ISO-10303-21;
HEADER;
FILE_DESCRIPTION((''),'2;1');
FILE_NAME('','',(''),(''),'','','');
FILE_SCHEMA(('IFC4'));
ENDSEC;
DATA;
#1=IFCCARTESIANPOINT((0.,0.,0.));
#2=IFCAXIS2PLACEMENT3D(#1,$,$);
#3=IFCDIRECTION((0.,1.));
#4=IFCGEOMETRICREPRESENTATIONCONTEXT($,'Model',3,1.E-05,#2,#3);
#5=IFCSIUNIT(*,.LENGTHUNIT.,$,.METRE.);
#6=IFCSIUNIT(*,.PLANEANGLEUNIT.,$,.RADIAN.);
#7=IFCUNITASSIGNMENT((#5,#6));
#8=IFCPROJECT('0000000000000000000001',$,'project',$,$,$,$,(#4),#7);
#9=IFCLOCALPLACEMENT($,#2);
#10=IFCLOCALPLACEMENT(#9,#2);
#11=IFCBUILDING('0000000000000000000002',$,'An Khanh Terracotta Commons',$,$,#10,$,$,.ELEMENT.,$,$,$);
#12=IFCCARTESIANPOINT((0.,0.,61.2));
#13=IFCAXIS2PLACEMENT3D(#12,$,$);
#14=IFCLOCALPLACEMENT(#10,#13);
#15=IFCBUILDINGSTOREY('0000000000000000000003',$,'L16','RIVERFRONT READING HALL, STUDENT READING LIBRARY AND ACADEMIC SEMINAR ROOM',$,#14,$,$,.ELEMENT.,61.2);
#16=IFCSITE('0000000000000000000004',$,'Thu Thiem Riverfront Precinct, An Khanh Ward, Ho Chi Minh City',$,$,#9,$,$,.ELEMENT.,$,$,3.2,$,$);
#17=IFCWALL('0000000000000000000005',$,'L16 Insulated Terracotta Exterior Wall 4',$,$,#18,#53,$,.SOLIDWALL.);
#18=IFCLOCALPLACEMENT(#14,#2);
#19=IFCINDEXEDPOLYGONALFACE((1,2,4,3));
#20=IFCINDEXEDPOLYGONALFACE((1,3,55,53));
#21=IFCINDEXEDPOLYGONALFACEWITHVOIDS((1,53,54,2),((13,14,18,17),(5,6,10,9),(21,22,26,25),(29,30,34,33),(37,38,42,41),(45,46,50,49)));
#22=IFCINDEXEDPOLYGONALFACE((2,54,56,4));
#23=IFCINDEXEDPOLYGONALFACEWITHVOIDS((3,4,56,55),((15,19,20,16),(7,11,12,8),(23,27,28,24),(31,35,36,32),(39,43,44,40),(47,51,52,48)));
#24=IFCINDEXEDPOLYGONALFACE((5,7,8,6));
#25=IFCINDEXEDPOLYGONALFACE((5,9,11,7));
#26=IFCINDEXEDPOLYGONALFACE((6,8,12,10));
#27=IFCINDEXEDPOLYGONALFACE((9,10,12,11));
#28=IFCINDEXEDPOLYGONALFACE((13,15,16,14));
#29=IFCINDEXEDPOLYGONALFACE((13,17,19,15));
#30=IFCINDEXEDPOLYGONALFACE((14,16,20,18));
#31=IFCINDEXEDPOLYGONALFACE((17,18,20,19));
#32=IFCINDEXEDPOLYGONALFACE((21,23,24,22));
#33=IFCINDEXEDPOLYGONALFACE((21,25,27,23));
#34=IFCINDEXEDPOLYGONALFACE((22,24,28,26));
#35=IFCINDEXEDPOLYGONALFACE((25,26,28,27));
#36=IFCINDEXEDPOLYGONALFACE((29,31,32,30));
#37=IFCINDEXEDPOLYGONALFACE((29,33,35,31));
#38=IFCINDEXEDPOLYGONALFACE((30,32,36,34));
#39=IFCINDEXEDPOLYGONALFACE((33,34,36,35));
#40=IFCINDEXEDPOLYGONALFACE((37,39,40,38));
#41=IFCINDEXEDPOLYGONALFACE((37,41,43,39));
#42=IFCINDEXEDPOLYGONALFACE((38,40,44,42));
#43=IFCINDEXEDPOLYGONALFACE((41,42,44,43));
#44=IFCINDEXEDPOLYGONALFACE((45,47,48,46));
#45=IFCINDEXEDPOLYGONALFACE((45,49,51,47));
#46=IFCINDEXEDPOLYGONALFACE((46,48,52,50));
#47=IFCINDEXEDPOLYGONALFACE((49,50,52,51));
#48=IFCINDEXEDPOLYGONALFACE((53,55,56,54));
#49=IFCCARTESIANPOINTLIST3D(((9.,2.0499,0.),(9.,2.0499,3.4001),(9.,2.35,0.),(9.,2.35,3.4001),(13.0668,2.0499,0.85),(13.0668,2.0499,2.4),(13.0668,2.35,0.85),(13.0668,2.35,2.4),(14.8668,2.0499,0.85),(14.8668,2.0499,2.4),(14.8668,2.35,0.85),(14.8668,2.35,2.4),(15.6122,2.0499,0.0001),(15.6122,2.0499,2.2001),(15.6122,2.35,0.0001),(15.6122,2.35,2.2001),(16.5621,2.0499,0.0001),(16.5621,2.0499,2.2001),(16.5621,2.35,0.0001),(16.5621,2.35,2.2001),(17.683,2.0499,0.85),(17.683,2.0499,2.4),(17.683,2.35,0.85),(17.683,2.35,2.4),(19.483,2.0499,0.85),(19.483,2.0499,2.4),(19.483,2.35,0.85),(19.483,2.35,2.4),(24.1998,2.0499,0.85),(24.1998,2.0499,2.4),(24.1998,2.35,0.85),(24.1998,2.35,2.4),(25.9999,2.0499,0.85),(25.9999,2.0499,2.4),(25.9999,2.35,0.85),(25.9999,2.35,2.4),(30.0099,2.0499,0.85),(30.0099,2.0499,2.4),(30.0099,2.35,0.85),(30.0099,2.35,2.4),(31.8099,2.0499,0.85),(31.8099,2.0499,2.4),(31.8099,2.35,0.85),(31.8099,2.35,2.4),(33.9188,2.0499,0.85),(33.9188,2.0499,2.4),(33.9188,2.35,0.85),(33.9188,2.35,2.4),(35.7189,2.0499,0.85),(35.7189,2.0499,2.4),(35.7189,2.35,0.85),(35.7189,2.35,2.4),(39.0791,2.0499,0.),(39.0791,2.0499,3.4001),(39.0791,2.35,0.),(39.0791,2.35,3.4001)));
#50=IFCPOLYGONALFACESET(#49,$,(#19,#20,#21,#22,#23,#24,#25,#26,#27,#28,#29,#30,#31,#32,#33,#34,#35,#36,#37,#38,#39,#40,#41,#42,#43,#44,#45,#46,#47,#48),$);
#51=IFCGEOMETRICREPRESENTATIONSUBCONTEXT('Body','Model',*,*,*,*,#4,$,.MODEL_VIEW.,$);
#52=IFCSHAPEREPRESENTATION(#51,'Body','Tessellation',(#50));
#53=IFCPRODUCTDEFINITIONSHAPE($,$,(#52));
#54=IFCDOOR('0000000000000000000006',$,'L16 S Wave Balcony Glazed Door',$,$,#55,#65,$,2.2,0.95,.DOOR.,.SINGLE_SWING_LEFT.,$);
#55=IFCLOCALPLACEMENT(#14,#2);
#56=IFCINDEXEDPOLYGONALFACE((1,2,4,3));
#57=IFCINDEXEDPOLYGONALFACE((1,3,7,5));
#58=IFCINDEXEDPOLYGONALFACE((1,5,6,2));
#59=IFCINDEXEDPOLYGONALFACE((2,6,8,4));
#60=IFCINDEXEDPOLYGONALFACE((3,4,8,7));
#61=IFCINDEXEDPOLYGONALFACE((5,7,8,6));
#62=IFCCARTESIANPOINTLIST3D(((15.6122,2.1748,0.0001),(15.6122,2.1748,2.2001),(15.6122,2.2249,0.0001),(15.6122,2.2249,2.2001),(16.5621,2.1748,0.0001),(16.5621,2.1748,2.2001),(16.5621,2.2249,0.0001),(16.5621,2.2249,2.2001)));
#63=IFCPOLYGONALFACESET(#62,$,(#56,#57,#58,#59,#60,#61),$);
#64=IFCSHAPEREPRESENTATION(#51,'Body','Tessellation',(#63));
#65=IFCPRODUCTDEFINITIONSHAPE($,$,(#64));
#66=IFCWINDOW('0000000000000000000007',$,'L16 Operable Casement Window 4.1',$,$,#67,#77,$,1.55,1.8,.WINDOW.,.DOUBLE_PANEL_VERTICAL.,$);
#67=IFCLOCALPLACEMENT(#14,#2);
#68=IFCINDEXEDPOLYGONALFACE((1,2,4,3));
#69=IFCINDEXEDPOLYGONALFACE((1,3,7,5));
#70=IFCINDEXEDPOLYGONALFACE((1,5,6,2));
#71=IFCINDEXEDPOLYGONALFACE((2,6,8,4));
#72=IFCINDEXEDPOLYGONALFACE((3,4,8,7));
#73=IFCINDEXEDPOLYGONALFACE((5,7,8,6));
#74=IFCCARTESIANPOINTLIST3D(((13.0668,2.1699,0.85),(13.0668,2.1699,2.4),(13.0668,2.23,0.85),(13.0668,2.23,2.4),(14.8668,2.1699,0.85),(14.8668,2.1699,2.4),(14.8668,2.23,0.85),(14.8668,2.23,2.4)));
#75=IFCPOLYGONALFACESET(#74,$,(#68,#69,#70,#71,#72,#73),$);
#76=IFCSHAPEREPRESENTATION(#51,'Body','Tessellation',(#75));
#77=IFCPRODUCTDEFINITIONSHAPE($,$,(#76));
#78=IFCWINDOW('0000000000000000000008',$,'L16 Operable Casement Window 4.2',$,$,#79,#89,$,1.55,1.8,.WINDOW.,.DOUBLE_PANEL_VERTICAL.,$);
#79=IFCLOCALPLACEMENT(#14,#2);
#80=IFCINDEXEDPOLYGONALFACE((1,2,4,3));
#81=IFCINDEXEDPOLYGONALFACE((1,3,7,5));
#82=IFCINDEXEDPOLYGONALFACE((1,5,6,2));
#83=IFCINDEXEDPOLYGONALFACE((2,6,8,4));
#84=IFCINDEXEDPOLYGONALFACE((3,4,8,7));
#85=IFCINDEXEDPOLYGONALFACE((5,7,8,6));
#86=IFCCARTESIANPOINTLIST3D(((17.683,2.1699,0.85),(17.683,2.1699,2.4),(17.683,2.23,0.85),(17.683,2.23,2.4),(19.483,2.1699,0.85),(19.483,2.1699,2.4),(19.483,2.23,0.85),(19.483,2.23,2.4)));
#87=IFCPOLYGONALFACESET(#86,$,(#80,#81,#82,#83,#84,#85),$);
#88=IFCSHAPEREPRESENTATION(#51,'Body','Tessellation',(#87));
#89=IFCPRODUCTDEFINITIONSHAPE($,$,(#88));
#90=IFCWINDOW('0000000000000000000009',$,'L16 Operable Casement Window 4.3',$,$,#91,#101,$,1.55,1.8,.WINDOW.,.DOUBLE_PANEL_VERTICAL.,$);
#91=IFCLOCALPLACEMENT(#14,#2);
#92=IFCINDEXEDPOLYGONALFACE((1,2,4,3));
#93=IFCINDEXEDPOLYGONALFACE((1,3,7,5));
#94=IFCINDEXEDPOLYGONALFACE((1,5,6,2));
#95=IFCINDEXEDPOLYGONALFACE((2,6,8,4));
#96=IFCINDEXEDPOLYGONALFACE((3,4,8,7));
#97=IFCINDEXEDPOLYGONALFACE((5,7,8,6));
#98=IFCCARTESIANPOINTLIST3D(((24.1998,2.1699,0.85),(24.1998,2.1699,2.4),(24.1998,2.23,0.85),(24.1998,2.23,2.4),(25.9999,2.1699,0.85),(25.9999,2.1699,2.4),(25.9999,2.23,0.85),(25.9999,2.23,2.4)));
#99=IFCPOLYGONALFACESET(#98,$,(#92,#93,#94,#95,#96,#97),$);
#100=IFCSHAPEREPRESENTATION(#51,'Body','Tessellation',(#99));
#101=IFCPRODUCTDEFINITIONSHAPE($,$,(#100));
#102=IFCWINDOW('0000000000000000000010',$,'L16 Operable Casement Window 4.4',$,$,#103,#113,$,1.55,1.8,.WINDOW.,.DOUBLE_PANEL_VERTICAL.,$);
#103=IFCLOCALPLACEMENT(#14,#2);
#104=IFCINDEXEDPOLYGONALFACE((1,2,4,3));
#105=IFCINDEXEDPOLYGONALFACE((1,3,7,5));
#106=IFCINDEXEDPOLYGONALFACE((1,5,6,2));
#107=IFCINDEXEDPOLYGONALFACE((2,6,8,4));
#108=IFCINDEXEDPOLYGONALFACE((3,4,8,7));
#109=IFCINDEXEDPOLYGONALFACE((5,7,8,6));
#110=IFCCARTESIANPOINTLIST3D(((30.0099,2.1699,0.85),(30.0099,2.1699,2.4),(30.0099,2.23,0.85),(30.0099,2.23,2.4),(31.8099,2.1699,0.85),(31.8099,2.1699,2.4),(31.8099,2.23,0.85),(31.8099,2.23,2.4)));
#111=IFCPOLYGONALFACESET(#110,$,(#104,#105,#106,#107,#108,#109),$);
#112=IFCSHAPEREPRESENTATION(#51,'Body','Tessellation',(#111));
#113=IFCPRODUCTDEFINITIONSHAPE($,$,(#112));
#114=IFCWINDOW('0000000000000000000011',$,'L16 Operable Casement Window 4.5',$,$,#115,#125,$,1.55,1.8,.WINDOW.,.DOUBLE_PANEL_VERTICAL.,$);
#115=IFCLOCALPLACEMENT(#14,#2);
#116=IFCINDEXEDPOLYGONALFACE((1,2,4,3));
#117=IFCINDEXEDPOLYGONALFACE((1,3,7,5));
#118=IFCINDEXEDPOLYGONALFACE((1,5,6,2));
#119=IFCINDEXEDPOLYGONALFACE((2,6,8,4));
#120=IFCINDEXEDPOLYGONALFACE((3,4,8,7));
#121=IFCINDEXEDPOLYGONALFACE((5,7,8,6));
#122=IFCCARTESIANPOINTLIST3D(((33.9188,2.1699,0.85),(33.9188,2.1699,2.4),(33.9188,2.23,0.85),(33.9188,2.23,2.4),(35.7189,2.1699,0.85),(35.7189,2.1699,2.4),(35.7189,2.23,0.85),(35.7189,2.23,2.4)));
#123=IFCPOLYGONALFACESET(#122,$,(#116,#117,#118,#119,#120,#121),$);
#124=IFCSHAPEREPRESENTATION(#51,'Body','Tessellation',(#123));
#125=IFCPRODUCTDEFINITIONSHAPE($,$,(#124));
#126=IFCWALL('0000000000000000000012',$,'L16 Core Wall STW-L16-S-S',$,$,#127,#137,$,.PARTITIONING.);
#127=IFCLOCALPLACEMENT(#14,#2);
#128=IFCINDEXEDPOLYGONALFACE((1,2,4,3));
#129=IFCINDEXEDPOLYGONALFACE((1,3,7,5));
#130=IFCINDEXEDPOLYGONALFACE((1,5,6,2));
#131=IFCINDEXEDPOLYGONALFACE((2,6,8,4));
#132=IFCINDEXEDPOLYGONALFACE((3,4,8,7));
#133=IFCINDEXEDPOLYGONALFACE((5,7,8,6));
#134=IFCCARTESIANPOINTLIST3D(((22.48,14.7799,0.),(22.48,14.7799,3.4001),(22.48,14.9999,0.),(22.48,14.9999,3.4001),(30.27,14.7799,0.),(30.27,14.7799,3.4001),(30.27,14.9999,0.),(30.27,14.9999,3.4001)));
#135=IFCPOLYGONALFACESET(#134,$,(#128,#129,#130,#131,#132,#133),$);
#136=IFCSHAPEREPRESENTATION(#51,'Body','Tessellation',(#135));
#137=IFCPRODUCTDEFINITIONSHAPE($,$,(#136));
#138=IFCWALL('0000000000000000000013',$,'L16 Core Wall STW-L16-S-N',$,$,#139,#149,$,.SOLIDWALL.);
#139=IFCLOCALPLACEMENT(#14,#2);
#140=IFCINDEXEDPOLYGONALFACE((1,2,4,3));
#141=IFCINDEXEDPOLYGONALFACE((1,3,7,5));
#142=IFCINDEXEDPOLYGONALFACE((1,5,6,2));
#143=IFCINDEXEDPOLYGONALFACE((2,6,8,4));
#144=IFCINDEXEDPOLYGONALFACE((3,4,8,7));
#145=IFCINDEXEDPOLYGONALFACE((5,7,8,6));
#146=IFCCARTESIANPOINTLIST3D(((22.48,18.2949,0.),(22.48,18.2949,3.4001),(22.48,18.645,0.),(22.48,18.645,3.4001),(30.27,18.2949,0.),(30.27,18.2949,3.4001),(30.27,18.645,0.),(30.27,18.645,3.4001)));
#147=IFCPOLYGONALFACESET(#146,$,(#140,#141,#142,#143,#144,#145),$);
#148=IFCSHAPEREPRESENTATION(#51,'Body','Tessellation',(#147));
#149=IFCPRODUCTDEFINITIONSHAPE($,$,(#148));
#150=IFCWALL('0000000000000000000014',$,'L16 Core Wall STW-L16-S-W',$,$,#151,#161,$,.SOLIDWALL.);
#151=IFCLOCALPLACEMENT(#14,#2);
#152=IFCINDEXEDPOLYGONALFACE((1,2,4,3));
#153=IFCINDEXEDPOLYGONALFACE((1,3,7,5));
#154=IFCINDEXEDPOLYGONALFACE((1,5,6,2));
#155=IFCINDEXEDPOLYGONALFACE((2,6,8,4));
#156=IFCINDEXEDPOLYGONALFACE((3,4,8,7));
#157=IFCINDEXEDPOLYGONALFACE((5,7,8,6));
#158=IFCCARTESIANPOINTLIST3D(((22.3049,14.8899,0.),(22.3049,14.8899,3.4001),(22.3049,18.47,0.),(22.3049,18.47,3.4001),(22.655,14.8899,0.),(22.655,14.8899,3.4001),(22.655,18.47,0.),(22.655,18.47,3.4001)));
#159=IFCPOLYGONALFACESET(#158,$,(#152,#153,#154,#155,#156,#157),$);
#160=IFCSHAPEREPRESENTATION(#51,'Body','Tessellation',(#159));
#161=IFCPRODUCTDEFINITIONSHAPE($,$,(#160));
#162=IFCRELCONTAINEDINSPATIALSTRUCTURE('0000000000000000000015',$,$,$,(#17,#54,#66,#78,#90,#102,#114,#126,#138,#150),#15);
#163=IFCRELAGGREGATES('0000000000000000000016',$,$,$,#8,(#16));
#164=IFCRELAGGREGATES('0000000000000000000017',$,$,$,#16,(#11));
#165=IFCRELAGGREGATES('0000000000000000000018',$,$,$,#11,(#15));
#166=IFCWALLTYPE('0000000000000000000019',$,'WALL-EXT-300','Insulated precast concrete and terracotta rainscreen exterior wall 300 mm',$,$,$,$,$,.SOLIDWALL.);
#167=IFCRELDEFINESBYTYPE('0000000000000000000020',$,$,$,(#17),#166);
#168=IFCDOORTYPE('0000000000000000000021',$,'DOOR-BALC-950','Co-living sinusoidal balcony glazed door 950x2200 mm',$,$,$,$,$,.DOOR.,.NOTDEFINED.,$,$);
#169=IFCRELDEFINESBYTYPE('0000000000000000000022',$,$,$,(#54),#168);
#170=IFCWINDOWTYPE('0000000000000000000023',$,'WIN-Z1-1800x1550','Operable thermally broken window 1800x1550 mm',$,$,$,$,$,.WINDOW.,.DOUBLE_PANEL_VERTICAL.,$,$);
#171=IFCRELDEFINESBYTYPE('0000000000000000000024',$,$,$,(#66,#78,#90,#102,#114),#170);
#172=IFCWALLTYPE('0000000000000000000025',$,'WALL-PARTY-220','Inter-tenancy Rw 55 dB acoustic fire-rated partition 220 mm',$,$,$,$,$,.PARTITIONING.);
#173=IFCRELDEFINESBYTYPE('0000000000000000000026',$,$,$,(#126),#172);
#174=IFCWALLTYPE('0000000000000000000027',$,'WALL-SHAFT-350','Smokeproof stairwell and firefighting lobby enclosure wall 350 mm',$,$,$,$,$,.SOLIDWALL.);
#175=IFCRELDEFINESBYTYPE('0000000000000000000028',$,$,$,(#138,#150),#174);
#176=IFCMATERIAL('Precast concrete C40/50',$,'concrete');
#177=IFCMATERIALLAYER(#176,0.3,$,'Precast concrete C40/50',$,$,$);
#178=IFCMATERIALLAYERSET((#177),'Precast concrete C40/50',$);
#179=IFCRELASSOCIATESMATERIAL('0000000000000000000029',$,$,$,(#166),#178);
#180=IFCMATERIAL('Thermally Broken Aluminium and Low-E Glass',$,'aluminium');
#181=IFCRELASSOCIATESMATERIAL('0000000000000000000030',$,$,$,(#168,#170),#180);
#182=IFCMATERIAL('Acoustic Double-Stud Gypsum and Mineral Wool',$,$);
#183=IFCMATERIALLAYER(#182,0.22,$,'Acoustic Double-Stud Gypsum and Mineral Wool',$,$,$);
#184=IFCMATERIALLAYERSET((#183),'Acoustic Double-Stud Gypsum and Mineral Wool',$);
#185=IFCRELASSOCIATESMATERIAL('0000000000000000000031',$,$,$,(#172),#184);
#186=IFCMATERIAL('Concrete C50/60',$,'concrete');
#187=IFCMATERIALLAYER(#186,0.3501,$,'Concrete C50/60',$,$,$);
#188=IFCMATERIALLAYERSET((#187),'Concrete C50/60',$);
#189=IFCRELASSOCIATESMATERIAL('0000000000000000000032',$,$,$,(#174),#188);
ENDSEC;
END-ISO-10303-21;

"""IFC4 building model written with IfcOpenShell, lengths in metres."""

from ifc_helpers import new_model, si_unit, direction, frame, frame_2d, origin, place, context, subcontext, project, spatial, rectangle, extrude, material, layer, layer_set, type_object, element, fill, save


model = new_model("IFC4")

# Units and contexts
model_context = context("Model", 3, precision=1e-05, world=origin(), true_north=direction((0.0, 1.0)))
body_context = subcontext(model_context, "Body", "Model", "MODEL_VIEW")
ifc_project = project(units=[si_unit("LENGTHUNIT", "METRE"), si_unit("PLANEANGLEUNIT", "RADIAN")], contexts=[model_context])

# Site, building, storey
site_placement = place(None, origin())
site = spatial("IfcSite", under=ifc_project, at=site_placement, Name="Thu Thiem Riverfront Precinct, An Khanh Ward, Ho Chi Minh City", CompositionType="ELEMENT", RefElevation=3.2)
building_placement = place(site_placement, origin())
building = spatial("IfcBuilding", under=site, at=building_placement, Name="An Khanh Terracotta Commons", CompositionType="ELEMENT")
storey_placement = place(building_placement, frame((0.0, 0.0, 61.2)))
storey = spatial("IfcBuildingStorey", under=building, at=storey_placement, Name="L16", Description="RIVERFRONT READING HALL, STUDENT READING LIBRARY AND ACADEMIC SEMINAR ROOM", CompositionType="ELEMENT", Elevation=61.2)

# Shared definitions
ifc_material_1 = material(Name="Precast concrete C40/50", Category="concrete")
ifc_layer_1 = layer(ifc_material_1, 0.3, Name="Precast concrete C40/50")
ifc_layer_set_1 = layer_set([ifc_layer_1], Name="Precast concrete C40/50")
wall_type_1 = type_object("IfcWallType", Name="WALL-EXT-300", Description="Insulated precast concrete and terracotta rainscreen exterior wall 300 mm", PredefinedType="SOLIDWALL", material=ifc_layer_set_1)

# Wall, openings, door, windows
wall_1_placement = place(storey_placement, frame((9.0, 2.2, 0.0), z_axis=(0.0, 0.0, 1.0), x_axis=(1.0, 0.0, 0.0)))
wall_1 = element("IfcWall", 1, at=wall_1_placement, inside=storey, type_object=wall_type_1, Name="L16 Insulated Terracotta Exterior Wall 4", PredefinedType="SOLIDWALL", context=body_context, shape_type="SweptSolid", body=[
    extrude(rectangle(XDim=30.0791, YDim=0.3, at=frame_2d((15.0396, 0.0))), origin(), (0.0, 0.0, 1.0), 3.4001),
])
opening_1_placement = place(wall_1_placement, frame((6.6121, 0.0, 0.0)))
opening_1 = element("IfcOpeningElement", 2, at=opening_1_placement, cuts=wall_1, PredefinedType="OPENING", context=body_context, shape_type="SweptSolid", body=[
    extrude(rectangle(XDim=0.95, YDim=2.2, at=frame_2d((0.4751, 1.1001))), frame((0.0, 0.1599, 0.0), z_axis=(0.0, -1.0, 0.0), x_axis=(1.0, 0.0, 0.0)), (0.0, 0.0, 1.0), 0.3201),
])
opening_2_placement = place(wall_1_placement, frame((4.0669, 0.0, 0.8501)))
opening_2 = element("IfcOpeningElement", 3, at=opening_2_placement, cuts=wall_1, PredefinedType="OPENING", context=body_context, shape_type="SweptSolid", body=[
    extrude(rectangle(XDim=1.8, YDim=1.55, at=frame_2d((0.8999, 0.7749))), frame((0.0, 0.1599, 0.0), z_axis=(0.0, -1.0, 0.0), x_axis=(1.0, 0.0, 0.0)), (0.0, 0.0, 1.0), 0.3201),
])
opening_3_placement = place(wall_1_placement, frame((8.6831, 0.0, 0.8501)))
opening_3 = element("IfcOpeningElement", 4, at=opening_3_placement, cuts=wall_1, PredefinedType="OPENING", context=body_context, shape_type="SweptSolid", body=[
    extrude(rectangle(XDim=1.8, YDim=1.55, at=frame_2d((0.8999, 0.7749))), frame((0.0, 0.1599, 0.0), z_axis=(0.0, -1.0, 0.0), x_axis=(1.0, 0.0, 0.0)), (0.0, 0.0, 1.0), 0.3201),
])
opening_4_placement = place(wall_1_placement, frame((15.2, 0.0, 0.8501)))
opening_4 = element("IfcOpeningElement", 5, at=opening_4_placement, cuts=wall_1, PredefinedType="OPENING", context=body_context, shape_type="SweptSolid", body=[
    extrude(rectangle(XDim=1.8, YDim=1.55, at=frame_2d((0.8999, 0.7749))), frame((0.0, 0.1599, 0.0), z_axis=(0.0, -1.0, 0.0), x_axis=(1.0, 0.0, 0.0)), (0.0, 0.0, 1.0), 0.3201),
])
opening_5_placement = place(wall_1_placement, frame((21.01, 0.0, 0.8501)))
opening_5 = element("IfcOpeningElement", 6, at=opening_5_placement, cuts=wall_1, PredefinedType="OPENING", context=body_context, shape_type="SweptSolid", body=[
    extrude(rectangle(XDim=1.8, YDim=1.55, at=frame_2d((0.8999, 0.7749))), frame((0.0, 0.1599, 0.0), z_axis=(0.0, -1.0, 0.0), x_axis=(1.0, 0.0, 0.0)), (0.0, 0.0, 1.0), 0.3201),
])
opening_6_placement = place(wall_1_placement, frame((24.9189, 0.0, 0.8501)))
opening_6 = element("IfcOpeningElement", 7, at=opening_6_placement, cuts=wall_1, PredefinedType="OPENING", context=body_context, shape_type="SweptSolid", body=[
    extrude(rectangle(XDim=1.8, YDim=1.55, at=frame_2d((0.8999, 0.7749))), frame((0.0, 0.1599, 0.0), z_axis=(0.0, -1.0, 0.0), x_axis=(1.0, 0.0, 0.0)), (0.0, 0.0, 1.0), 0.3201),
])
ifc_material_2 = material(Name="Thermally Broken Aluminium and Low-E Glass", Category="aluminium")
door_type = type_object("IfcDoorType", Name="DOOR-BALC-950", Description="Co-living sinusoidal balcony glazed door 950x2200 mm", OperationType="NOTDEFINED", PredefinedType="DOOR", material=ifc_material_2)
door_placement = place(opening_1_placement, origin())
door = element("IfcDoor", 8, at=door_placement, inside=storey, type_object=door_type, Name="L16 S Wave Balcony Glazed Door", OperationType="SINGLE_SWING_LEFT", OverallHeight=2.2, OverallWidth=0.95, PredefinedType="DOOR", context=body_context, shape_type="SweptSolid", body=[
    extrude(rectangle(XDim=0.95, YDim=2.2, at=frame_2d((0.4751, 1.1001))), frame((0.0, 0.0249, 0.0), z_axis=(0.0, -1.0, 0.0), x_axis=(1.0, 0.0, 0.0)), (0.0, 0.0, 1.0), 0.05),
])
fill(opening_1, door)
window_type = type_object("IfcWindowType", Name="WIN-Z1-1800x1550", Description="Operable thermally broken window 1800x1550 mm", PartitioningType="DOUBLE_PANEL_VERTICAL", PredefinedType="WINDOW", material=ifc_material_2)
window_1_placement = place(opening_2_placement, origin())
window_1 = element("IfcWindow", 9, at=window_1_placement, inside=storey, type_object=window_type, Name="L16 Operable Casement Window 4.1", OverallHeight=1.55, OverallWidth=1.8, PartitioningType="DOUBLE_PANEL_VERTICAL", PredefinedType="WINDOW", context=body_context, shape_type="SweptSolid", body=[
    extrude(rectangle(XDim=1.8, YDim=1.55, at=frame_2d((0.8999, 0.7749))), frame((0.0, 0.03, 0.0), z_axis=(0.0, -1.0, 0.0), x_axis=(1.0, 0.0, 0.0)), (0.0, 0.0, 1.0), 0.0601),
])
fill(opening_2, window_1)
window_2_placement = place(opening_3_placement, origin())
window_2 = element("IfcWindow", 10, at=window_2_placement, inside=storey, type_object=window_type, Name="L16 Operable Casement Window 4.2", OverallHeight=1.55, OverallWidth=1.8, PartitioningType="DOUBLE_PANEL_VERTICAL", PredefinedType="WINDOW", context=body_context, shape_type="SweptSolid", body=[
    extrude(rectangle(XDim=1.8, YDim=1.55, at=frame_2d((0.8999, 0.7749))), frame((0.0, 0.03, 0.0), z_axis=(0.0, -1.0, 0.0), x_axis=(1.0, 0.0, 0.0)), (0.0, 0.0, 1.0), 0.0601),
])
fill(opening_3, window_2)
window_3_placement = place(opening_4_placement, origin())
window_3 = element("IfcWindow", 11, at=window_3_placement, inside=storey, type_object=window_type, Name="L16 Operable Casement Window 4.3", OverallHeight=1.55, OverallWidth=1.8, PartitioningType="DOUBLE_PANEL_VERTICAL", PredefinedType="WINDOW", context=body_context, shape_type="SweptSolid", body=[
    extrude(rectangle(XDim=1.8, YDim=1.55, at=frame_2d((0.8999, 0.7749))), frame((0.0, 0.03, 0.0), z_axis=(0.0, -1.0, 0.0), x_axis=(1.0, 0.0, 0.0)), (0.0, 0.0, 1.0), 0.0601),
])
fill(opening_4, window_3)
window_4_placement = place(opening_5_placement, origin())
window_4 = element("IfcWindow", 12, at=window_4_placement, inside=storey, type_object=window_type, Name="L16 Operable Casement Window 4.4", OverallHeight=1.55, OverallWidth=1.8, PartitioningType="DOUBLE_PANEL_VERTICAL", PredefinedType="WINDOW", context=body_context, shape_type="SweptSolid", body=[
    extrude(rectangle(XDim=1.8, YDim=1.55, at=frame_2d((0.8999, 0.7749))), frame((0.0, 0.03, 0.0), z_axis=(0.0, -1.0, 0.0), x_axis=(1.0, 0.0, 0.0)), (0.0, 0.0, 1.0), 0.0601),
])
fill(opening_5, window_4)
window_5_placement = place(opening_6_placement, origin())
window_5 = element("IfcWindow", 13, at=window_5_placement, inside=storey, type_object=window_type, Name="L16 Operable Casement Window 4.5", OverallHeight=1.55, OverallWidth=1.8, PartitioningType="DOUBLE_PANEL_VERTICAL", PredefinedType="WINDOW", context=body_context, shape_type="SweptSolid", body=[
    extrude(rectangle(XDim=1.8, YDim=1.55, at=frame_2d((0.8999, 0.7749))), frame((0.0, 0.03, 0.0), z_axis=(0.0, -1.0, 0.0), x_axis=(1.0, 0.0, 0.0)), (0.0, 0.0, 1.0), 0.0601),
])
fill(opening_6, window_5)

# Walls
ifc_material_3 = material(Name="Acoustic Double-Stud Gypsum and Mineral Wool")
ifc_layer_2 = layer(ifc_material_3, 0.22, Name="Acoustic Double-Stud Gypsum and Mineral Wool")
ifc_layer_set_2 = layer_set([ifc_layer_2], Name="Acoustic Double-Stud Gypsum and Mineral Wool")
wall_type_2 = type_object("IfcWallType", Name="WALL-PARTY-220", Description="Inter-tenancy Rw 55 dB acoustic fire-rated partition 220 mm", PredefinedType="PARTITIONING", material=ifc_layer_set_2)
wall_2_placement = place(storey_placement, frame((22.48, 14.8899, 0.0), z_axis=(0.0, 0.0, 1.0), x_axis=(1.0, 0.0, 0.0)))
element("IfcWall", 14, at=wall_2_placement, inside=storey, type_object=wall_type_2, Name="L16 Core Wall STW-L16-S-S", PredefinedType="PARTITIONING", context=body_context, shape_type="SweptSolid", body=[
    extrude(rectangle(XDim=7.79, YDim=0.22, at=frame_2d((3.895, 0.0))), origin(), (0.0, 0.0, 1.0), 3.4001),
])
ifc_material_4 = material(Name="Concrete C50/60", Category="concrete")
ifc_layer_3 = layer(ifc_material_4, 0.3501, Name="Concrete C50/60")
ifc_layer_set_3 = layer_set([ifc_layer_3], Name="Concrete C50/60")
wall_type_3 = type_object("IfcWallType", Name="WALL-SHAFT-350", Description="Smokeproof stairwell and firefighting lobby enclosure wall 350 mm", PredefinedType="SOLIDWALL", material=ifc_layer_set_3)
wall_3_placement = place(storey_placement, frame((22.48, 18.47, 0.0), z_axis=(0.0, 0.0, 1.0), x_axis=(1.0, 0.0, 0.0)))
element("IfcWall", 15, at=wall_3_placement, inside=storey, type_object=wall_type_3, Name="L16 Core Wall STW-L16-S-N", PredefinedType="SOLIDWALL", context=body_context, shape_type="SweptSolid", body=[
    extrude(rectangle(XDim=7.79, YDim=0.3501, at=frame_2d((3.895, 0.0))), origin(), (0.0, 0.0, 1.0), 3.4001),
])
wall_4_placement = place(storey_placement, frame((22.48, 14.8899, 0.0), z_axis=(0.0, 0.0, 1.0), x_axis=(0.0, 1.0, 0.0)))
element("IfcWall", 16, at=wall_4_placement, inside=storey, type_object=wall_type_3, Name="L16 Core Wall STW-L16-S-W", PredefinedType="SOLIDWALL", context=body_context, shape_type="SweptSolid", body=[
    extrude(rectangle(XDim=3.5801, YDim=0.3501, at=frame_2d((1.79, 0.0))), origin(), (0.0, 0.0, 1.0), 3.4001),
])

save(model, "model.ifc")
